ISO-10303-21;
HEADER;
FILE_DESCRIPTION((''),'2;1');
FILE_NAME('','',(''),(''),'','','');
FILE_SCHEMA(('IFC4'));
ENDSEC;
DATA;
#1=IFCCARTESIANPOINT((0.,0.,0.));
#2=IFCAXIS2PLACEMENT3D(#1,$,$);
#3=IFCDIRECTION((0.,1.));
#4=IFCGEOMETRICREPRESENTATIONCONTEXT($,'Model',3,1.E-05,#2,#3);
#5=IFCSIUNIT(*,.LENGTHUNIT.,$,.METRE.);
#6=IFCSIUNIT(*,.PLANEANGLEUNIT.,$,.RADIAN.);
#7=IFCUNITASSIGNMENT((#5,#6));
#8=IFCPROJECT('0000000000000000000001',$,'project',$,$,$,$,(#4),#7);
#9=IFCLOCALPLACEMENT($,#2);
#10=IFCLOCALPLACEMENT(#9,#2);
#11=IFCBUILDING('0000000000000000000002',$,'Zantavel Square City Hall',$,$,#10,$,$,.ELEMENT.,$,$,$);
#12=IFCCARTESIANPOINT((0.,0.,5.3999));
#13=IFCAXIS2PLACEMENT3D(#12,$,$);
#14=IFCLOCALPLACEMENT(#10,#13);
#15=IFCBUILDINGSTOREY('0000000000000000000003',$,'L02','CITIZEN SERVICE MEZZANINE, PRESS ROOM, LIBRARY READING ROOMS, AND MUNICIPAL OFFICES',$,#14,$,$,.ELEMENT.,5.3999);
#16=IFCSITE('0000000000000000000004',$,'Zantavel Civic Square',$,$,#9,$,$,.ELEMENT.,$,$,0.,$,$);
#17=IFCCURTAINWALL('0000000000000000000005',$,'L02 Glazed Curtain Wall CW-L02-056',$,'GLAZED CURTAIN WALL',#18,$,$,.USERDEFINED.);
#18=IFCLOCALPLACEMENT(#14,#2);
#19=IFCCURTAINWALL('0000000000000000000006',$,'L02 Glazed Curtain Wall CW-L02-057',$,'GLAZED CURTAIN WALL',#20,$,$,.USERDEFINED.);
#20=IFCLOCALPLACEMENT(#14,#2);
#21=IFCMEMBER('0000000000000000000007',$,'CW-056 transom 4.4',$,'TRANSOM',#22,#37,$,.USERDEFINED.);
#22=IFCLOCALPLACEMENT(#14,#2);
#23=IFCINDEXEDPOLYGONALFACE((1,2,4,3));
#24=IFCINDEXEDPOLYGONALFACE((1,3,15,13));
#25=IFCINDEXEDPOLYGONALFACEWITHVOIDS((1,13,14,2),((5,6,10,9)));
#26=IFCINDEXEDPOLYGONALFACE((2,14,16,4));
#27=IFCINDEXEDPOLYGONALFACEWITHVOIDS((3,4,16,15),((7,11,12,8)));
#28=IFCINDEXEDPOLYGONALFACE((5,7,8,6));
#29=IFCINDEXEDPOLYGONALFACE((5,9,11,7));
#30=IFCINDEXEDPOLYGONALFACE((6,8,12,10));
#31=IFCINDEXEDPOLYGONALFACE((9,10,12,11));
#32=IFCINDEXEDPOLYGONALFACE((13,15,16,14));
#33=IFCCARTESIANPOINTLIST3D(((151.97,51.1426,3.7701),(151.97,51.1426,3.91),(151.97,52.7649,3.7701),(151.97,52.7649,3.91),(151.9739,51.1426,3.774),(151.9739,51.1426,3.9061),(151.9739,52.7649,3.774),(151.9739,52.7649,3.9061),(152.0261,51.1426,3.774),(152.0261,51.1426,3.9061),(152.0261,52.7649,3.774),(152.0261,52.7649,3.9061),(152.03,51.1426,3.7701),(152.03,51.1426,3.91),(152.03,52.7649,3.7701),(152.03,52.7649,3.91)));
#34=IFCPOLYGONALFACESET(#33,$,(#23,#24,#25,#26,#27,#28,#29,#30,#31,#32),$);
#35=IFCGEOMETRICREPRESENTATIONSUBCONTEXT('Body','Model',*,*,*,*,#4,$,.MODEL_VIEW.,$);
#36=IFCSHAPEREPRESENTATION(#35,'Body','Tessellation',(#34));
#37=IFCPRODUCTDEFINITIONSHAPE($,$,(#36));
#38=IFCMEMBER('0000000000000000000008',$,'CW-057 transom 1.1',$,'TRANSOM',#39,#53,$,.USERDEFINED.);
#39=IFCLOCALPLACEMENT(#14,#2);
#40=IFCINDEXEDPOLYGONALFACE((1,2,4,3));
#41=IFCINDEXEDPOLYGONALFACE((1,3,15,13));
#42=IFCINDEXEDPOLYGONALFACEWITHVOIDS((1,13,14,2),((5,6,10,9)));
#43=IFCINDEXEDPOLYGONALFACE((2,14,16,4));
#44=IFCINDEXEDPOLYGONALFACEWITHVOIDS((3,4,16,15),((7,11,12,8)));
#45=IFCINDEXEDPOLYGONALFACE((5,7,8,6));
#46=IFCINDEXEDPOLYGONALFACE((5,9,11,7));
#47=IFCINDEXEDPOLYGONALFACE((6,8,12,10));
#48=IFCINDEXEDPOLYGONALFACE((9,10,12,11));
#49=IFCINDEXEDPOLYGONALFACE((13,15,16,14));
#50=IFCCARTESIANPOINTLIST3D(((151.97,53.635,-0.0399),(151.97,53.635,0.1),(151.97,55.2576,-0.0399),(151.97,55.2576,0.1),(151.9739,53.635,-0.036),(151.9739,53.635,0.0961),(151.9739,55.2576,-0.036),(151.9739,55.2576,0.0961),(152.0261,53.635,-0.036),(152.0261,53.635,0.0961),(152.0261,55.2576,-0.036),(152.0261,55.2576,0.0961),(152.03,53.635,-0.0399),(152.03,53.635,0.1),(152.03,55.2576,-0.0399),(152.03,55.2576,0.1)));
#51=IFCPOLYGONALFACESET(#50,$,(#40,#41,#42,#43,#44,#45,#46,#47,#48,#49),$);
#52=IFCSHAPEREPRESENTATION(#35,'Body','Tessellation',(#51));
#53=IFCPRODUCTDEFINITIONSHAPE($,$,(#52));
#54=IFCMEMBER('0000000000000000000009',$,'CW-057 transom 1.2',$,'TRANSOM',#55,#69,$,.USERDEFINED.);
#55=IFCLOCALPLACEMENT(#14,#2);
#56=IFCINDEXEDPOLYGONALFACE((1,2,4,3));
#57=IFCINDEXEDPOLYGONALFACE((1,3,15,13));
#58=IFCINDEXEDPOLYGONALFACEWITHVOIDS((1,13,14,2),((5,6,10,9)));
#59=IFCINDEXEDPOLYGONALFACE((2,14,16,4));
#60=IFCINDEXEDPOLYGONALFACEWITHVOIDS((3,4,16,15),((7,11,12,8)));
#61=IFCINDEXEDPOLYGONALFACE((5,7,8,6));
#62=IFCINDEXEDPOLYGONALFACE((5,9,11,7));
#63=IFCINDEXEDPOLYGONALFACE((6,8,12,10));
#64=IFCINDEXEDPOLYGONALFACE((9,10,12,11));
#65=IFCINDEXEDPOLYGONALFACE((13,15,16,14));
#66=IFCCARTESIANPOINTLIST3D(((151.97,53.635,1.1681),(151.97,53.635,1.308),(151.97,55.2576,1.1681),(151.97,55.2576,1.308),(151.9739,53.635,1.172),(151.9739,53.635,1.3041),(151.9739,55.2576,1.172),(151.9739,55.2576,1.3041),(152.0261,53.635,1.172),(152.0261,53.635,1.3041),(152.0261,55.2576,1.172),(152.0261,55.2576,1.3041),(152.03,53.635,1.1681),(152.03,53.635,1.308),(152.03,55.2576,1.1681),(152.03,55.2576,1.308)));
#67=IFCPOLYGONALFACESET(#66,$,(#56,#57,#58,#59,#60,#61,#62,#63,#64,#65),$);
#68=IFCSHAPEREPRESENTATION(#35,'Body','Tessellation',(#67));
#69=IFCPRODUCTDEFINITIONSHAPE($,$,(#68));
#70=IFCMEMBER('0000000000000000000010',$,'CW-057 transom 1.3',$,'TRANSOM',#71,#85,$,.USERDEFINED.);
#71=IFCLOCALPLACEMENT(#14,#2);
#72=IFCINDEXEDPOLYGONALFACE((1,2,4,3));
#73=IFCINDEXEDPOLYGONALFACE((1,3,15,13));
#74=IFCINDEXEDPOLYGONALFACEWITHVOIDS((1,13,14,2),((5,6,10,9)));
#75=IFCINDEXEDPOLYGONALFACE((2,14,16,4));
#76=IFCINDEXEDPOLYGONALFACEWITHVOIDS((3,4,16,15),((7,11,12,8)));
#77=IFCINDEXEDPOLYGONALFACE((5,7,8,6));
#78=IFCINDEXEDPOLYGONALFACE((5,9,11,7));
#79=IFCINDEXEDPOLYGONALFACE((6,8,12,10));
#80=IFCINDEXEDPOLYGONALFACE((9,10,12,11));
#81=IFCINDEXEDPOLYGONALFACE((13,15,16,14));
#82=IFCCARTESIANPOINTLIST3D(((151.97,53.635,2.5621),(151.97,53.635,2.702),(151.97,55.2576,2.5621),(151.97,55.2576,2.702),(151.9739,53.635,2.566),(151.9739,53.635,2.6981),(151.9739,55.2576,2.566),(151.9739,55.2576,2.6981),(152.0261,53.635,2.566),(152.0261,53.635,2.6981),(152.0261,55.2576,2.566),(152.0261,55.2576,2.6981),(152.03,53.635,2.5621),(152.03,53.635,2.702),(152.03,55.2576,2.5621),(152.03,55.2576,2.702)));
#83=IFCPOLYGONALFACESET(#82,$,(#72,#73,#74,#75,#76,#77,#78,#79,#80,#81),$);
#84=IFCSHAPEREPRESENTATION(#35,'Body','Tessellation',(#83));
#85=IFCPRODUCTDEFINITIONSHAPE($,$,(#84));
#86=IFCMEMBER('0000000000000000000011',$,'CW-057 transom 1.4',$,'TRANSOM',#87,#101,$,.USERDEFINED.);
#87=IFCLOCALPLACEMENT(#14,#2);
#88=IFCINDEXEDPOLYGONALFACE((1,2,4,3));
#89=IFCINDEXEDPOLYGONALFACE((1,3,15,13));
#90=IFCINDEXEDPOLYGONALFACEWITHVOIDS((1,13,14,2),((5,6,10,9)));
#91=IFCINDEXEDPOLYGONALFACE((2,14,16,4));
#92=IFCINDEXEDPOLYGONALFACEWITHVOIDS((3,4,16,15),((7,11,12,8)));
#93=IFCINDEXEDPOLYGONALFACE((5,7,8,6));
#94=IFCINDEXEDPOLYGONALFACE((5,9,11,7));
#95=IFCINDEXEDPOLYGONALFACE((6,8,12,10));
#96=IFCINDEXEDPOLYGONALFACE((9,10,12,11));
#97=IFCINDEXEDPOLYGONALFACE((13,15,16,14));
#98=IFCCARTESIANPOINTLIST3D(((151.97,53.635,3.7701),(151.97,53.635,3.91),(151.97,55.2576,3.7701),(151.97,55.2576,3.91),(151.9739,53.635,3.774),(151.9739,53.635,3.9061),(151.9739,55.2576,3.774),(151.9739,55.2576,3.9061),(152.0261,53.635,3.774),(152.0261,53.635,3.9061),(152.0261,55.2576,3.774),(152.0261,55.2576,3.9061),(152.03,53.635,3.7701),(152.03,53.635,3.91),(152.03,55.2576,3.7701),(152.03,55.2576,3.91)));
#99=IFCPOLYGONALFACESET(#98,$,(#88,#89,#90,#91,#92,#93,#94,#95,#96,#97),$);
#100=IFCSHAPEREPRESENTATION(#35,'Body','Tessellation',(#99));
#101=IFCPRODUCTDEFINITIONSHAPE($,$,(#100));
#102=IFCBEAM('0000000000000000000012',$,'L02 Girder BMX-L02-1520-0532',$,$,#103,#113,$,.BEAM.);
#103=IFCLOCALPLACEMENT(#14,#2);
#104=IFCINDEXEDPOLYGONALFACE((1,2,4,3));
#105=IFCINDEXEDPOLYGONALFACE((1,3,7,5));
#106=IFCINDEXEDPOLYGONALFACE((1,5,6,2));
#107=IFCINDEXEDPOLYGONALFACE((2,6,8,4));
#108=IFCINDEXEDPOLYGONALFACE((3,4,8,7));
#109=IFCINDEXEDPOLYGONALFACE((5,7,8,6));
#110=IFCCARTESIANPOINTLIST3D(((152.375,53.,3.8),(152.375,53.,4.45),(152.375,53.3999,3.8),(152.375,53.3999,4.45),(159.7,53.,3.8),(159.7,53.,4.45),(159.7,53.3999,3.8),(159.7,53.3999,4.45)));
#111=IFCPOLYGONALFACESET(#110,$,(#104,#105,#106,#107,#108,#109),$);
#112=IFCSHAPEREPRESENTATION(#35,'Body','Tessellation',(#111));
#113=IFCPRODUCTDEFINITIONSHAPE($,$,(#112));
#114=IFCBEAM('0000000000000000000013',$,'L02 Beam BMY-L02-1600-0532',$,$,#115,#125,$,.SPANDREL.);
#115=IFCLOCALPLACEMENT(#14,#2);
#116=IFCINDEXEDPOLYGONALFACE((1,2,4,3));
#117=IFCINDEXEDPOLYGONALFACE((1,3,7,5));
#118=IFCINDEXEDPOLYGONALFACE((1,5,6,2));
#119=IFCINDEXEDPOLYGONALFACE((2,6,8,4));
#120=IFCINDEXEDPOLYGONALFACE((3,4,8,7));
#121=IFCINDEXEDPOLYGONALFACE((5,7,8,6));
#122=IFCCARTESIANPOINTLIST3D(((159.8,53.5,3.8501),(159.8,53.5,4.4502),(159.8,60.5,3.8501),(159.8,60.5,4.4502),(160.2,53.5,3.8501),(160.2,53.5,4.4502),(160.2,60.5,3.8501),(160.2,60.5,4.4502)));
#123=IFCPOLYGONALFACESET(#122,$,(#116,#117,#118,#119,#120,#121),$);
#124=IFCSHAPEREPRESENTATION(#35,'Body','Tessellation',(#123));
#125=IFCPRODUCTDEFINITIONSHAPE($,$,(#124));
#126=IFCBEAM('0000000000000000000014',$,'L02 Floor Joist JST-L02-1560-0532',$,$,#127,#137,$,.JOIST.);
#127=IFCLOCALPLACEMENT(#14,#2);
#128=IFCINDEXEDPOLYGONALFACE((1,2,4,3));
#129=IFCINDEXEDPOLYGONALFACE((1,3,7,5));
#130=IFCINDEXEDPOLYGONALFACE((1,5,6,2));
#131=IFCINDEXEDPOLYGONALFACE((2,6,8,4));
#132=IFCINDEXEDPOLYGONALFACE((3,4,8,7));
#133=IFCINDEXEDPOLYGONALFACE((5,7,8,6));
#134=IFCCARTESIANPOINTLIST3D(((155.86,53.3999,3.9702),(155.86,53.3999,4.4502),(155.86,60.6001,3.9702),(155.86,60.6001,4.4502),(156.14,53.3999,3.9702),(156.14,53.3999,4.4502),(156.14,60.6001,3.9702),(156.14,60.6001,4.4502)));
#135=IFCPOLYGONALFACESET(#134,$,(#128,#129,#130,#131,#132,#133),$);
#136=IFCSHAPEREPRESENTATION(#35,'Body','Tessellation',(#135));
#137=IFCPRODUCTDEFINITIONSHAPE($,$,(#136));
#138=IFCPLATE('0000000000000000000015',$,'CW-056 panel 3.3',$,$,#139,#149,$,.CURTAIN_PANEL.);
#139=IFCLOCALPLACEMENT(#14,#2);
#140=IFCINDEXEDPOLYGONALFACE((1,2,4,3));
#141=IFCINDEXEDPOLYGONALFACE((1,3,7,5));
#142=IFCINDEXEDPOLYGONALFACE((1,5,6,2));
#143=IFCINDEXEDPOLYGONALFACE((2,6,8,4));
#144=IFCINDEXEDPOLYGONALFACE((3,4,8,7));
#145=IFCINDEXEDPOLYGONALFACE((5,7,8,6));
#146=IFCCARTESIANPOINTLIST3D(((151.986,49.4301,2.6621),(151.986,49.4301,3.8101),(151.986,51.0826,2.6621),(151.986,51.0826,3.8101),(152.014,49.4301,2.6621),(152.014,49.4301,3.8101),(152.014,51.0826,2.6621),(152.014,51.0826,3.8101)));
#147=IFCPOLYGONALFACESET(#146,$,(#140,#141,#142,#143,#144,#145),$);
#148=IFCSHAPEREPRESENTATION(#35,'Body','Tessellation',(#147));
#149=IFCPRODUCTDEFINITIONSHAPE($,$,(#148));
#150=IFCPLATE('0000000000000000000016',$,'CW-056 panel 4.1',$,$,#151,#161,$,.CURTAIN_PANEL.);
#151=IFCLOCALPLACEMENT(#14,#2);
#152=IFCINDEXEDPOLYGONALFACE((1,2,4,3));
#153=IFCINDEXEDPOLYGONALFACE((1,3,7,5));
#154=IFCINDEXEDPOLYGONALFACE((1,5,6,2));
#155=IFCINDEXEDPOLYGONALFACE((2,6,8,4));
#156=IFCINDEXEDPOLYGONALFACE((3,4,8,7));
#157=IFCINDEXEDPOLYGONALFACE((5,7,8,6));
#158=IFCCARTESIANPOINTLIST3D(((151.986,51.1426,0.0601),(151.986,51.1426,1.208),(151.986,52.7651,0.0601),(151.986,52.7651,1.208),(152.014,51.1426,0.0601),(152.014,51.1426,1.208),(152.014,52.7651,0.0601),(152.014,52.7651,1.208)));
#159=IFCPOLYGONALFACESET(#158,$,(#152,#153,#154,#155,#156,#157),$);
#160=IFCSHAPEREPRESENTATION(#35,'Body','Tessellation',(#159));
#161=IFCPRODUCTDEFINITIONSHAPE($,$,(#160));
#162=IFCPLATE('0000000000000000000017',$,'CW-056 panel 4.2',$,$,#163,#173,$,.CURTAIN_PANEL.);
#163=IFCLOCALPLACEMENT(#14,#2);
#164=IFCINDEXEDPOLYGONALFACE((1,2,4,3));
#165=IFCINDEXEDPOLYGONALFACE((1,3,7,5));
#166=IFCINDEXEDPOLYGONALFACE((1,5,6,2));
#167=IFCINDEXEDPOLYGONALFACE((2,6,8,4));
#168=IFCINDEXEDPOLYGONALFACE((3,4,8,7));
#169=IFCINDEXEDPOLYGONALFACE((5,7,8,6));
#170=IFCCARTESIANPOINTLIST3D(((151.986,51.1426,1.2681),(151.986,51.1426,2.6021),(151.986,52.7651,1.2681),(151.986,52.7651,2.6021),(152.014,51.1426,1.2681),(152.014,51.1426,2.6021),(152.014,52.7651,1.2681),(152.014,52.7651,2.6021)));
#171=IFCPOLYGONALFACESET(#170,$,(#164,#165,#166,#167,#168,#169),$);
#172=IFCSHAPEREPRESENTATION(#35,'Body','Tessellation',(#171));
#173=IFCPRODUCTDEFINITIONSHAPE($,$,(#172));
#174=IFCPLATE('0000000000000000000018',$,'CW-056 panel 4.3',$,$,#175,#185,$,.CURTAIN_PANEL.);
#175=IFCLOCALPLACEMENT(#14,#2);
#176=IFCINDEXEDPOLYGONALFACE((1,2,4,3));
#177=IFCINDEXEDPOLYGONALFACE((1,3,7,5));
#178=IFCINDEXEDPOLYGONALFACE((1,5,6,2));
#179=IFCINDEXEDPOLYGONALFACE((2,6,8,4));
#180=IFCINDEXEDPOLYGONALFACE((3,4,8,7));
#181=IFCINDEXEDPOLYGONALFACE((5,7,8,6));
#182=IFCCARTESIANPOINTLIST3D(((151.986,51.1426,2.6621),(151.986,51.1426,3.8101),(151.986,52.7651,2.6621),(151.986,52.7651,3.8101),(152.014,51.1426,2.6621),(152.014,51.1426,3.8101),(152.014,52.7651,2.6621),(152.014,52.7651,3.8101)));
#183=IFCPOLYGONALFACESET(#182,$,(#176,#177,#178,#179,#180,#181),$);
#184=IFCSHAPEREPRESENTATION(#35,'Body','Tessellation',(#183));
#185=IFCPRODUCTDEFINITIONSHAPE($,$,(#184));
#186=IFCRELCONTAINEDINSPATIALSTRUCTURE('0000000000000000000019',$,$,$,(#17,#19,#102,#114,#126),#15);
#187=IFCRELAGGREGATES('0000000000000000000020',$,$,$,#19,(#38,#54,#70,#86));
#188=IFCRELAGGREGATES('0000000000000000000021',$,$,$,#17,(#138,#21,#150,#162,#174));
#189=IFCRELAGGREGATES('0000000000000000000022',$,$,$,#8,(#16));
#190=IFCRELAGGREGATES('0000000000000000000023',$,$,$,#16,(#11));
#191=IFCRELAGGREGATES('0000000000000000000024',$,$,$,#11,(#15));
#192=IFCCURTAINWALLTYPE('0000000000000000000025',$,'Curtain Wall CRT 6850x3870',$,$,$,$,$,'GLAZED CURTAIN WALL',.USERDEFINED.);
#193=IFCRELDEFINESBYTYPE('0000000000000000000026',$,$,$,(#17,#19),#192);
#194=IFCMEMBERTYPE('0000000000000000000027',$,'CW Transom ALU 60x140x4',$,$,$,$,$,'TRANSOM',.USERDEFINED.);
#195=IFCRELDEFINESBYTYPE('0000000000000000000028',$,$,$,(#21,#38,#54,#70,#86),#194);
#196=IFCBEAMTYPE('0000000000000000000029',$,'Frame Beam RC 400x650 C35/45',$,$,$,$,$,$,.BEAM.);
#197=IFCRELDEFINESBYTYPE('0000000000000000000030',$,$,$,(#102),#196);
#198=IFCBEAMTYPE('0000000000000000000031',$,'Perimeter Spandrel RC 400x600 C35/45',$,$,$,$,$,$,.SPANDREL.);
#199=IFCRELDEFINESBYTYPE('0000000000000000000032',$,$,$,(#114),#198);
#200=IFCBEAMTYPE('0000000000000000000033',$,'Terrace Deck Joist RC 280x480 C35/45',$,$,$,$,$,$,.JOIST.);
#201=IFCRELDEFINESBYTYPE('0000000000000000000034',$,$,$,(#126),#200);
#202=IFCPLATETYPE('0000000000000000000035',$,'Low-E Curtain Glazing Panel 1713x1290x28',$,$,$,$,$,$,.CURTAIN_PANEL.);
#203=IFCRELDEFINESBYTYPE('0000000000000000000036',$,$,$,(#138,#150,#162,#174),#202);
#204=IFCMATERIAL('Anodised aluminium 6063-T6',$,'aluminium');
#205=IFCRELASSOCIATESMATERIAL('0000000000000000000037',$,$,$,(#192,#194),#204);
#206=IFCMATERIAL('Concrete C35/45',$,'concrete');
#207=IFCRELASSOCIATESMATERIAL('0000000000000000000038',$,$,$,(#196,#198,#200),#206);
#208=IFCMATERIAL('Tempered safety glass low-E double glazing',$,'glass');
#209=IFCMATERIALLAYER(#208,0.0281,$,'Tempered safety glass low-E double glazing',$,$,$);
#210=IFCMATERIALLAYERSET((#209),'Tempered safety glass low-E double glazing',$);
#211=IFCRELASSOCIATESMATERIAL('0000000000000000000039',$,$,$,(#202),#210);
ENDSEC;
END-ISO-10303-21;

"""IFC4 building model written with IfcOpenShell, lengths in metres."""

from ifc_helpers import new_model, si_unit, direction, frame, origin, origin_2d, place, context, subcontext, project, spatial, rectangle, hollow_rectangle, extrude, material, layer, layer_set, material_profile, profile_set, type_object, element, aggregate, save


model = new_model("IFC4")

# Units and contexts
model_context = context("Model", 3, precision=1e-05, world=origin(), true_north=direction((0.0, 1.0)))
body_context = subcontext(model_context, "Body", "Model", "MODEL_VIEW")
ifc_project = project(units=[si_unit("LENGTHUNIT", "METRE"), si_unit("PLANEANGLEUNIT", "RADIAN")], contexts=[model_context])

# Site, building, storey
site_placement = place(None, origin())
site = spatial("IfcSite", under=ifc_project, at=site_placement, Name="Zantavel Civic Square", CompositionType="ELEMENT", RefElevation=0.0)
building_placement = place(site_placement, origin())
building = spatial("IfcBuilding", under=site, at=building_placement, Name="Zantavel Square City Hall", CompositionType="ELEMENT")
storey_placement = place(building_placement, frame((0.0, 0.0, 5.3999)))
storey = spatial("IfcBuildingStorey", under=building, at=storey_placement, Name="L02", Description="CITIZEN SERVICE MEZZANINE, PRESS ROOM, LIBRARY READING ROOMS, AND MUNICIPAL OFFICES", CompositionType="ELEMENT", Elevation=5.3999)

# Shared definitions
ifc_material_1 = material(Name="Concrete C35/45", Category="concrete")

# Curtain wall
ifc_material_2 = material(Name="Anodised aluminium 6063-T6", Category="aluminium")
curtain_wall_type = type_object("IfcCurtainWallType", Name="Curtain Wall CRT 6850x3870", ElementType="GLAZED CURTAIN WALL", PredefinedType="USERDEFINED", material=ifc_material_2)
curtain_wall_1_placement = place(storey_placement, origin())
curtain_wall_1 = element("IfcCurtainWall", 1, at=curtain_wall_1_placement, inside=storey, type_object=curtain_wall_type, Name="L02 Glazed Curtain Wall CW-L02-056", ObjectType="GLAZED CURTAIN WALL", PredefinedType="USERDEFINED")

# Curtain wall
curtain_wall_2_placement = place(storey_placement, origin())
curtain_wall_2 = element("IfcCurtainWall", 2, at=curtain_wall_2_placement, inside=storey, type_object=curtain_wall_type, Name="L02 Glazed Curtain Wall CW-L02-057", ObjectType="GLAZED CURTAIN WALL", PredefinedType="USERDEFINED")

# Members
ifc_material_profile_1 = material_profile(ifc_material_2, hollow_rectangle(XDim=0.0601, YDim=0.1399, WallThickness=0.0039, at=origin_2d()), Name="ALU 60x140x4")
ifc_profile_set_1 = profile_set([ifc_material_profile_1], Name="Anodised aluminium 6063-T6")
member_type_1 = type_object("IfcMemberType", Name="CW Transom ALU 60x140x4", ElementType="TRANSOM", PredefinedType="USERDEFINED", material=ifc_profile_set_1)
member_1_placement = place(storey_placement, frame((152.0, 51.1426, 3.8401), z_axis=(0.0, 1.0, 0.0), x_axis=(-1.0, 0.0, 0.0)))
member_1 = element("IfcMember", 3, at=member_1_placement, type_object=member_type_1, Name="CW-056 transom 4.4", ObjectType="TRANSOM", PredefinedType="USERDEFINED", context=body_context, shape_type="SweptSolid", body=[
    extrude(hollow_rectangle(XDim=0.0601, YDim=0.1399, WallThickness=0.0039, at=origin_2d()), origin(), (0.0, 0.0, 1.0), 1.6223),
])
member_2_placement = place(storey_placement, frame((152.0, 53.635, 0.03), z_axis=(0.0, 1.0, 0.0), x_axis=(-1.0, 0.0, 0.0)))
member_2 = element("IfcMember", 4, at=member_2_placement, type_object=member_type_1, Name="CW-057 transom 1.1", ObjectType="TRANSOM", PredefinedType="USERDEFINED", context=body_context, shape_type="SweptSolid", body=[
    extrude(hollow_rectangle(XDim=0.0601, YDim=0.1399, WallThickness=0.0039, at=origin_2d()), origin(), (0.0, 0.0, 1.0), 1.6226),
])
member_3_placement = place(storey_placement, frame((152.0, 53.635, 1.238), z_axis=(0.0, 1.0, 0.0), x_axis=(-1.0, 0.0, 0.0)))
member_3 = element("IfcMember", 5, at=member_3_placement, type_object=member_type_1, Name="CW-057 transom 1.2", ObjectType="TRANSOM", PredefinedType="USERDEFINED", context=body_context, shape_type="SweptSolid", body=[
    extrude(hollow_rectangle(XDim=0.0601, YDim=0.1399, WallThickness=0.0039, at=origin_2d()), origin(), (0.0, 0.0, 1.0), 1.6226),
])
member_4_placement = place(storey_placement, frame((152.0, 53.635, 2.6321), z_axis=(0.0, 1.0, 0.0), x_axis=(-1.0, 0.0, 0.0)))
member_4 = element("IfcMember", 6, at=member_4_placement, type_object=member_type_1, Name="CW-057 transom 1.3", ObjectType="TRANSOM", PredefinedType="USERDEFINED", context=body_context, shape_type="SweptSolid", body=[
    extrude(hollow_rectangle(XDim=0.0601, YDim=0.1399, WallThickness=0.0039, at=origin_2d()), origin(), (0.0, 0.0, 1.0), 1.6226),
])
member_5_placement = place(storey_placement, frame((152.0, 53.635, 3.8401), z_axis=(0.0, 1.0, 0.0), x_axis=(-1.0, 0.0, 0.0)))
member_5 = element("IfcMember", 7, at=member_5_placement, type_object=member_type_1, Name="CW-057 transom 1.4", ObjectType="TRANSOM", PredefinedType="USERDEFINED", context=body_context, shape_type="SweptSolid", body=[
    extrude(hollow_rectangle(XDim=0.0601, YDim=0.1399, WallThickness=0.0039, at=origin_2d()), origin(), (0.0, 0.0, 1.0), 1.6226),
])
aggregate(curtain_wall_2, [member_2, member_3, member_4, member_5])

# Beams
ifc_material_profile_2 = material_profile(ifc_material_1, rectangle(XDim=0.3999, YDim=0.6499, at=origin_2d()), Name="RC 400x650")
ifc_profile_set_2 = profile_set([ifc_material_profile_2], Name="Concrete C35/45")
beam_type_1 = type_object("IfcBeamType", Name="Frame Beam RC 400x650 C35/45", PredefinedType="BEAM", material=ifc_profile_set_2)
beam_1_placement = place(storey_placement, frame((152.375, 53.2, 4.125), z_axis=(1.0, 0.0, 0.0), x_axis=(0.0, 1.0, 0.0)))
element("IfcBeam", 8, at=beam_1_placement, inside=storey, type_object=beam_type_1, Name="L02 Girder BMX-L02-1520-0532", PredefinedType="BEAM", context=body_context, shape_type="SweptSolid", body=[
    extrude(rectangle(XDim=0.3999, YDim=0.6499, at=origin_2d()), origin(), (0.0, 0.0, 1.0), 7.325),
])
ifc_material_profile_3 = material_profile(ifc_material_1, rectangle(XDim=0.3999, YDim=0.6001, at=origin_2d()), Name="RC 400x600")
ifc_profile_set_3 = profile_set([ifc_material_profile_3], Name="Concrete C35/45")
beam_type_2 = type_object("IfcBeamType", Name="Perimeter Spandrel RC 400x600 C35/45", PredefinedType="SPANDREL", material=ifc_profile_set_3)
beam_2_placement = place(storey_placement, frame((160.0, 53.5, 4.1501), z_axis=(0.0, 1.0, 0.0), x_axis=(-1.0, 0.0, 0.0)))
element("IfcBeam", 9, at=beam_2_placement, inside=storey, type_object=beam_type_2, Name="L02 Beam BMY-L02-1600-0532", PredefinedType="SPANDREL", context=body_context, shape_type="SweptSolid", body=[
    extrude(rectangle(XDim=0.3999, YDim=0.6001, at=origin_2d()), origin(), (0.0, 0.0, 1.0), 7.0),
])
ifc_material_profile_4 = material_profile(ifc_material_1, rectangle(XDim=0.28, YDim=0.48, at=origin_2d()), Name="RC 280x480")
ifc_profile_set_4 = profile_set([ifc_material_profile_4], Name="Concrete C35/45")
beam_type_3 = type_object("IfcBeamType", Name="Terrace Deck Joist RC 280x480 C35/45", PredefinedType="JOIST", material=ifc_profile_set_4)
beam_3_placement = place(storey_placement, frame((156.0, 53.3999, 4.2102), z_axis=(0.0, 1.0, 0.0), x_axis=(-1.0, 0.0, 0.0)))
element("IfcBeam", 10, at=beam_3_placement, inside=storey, type_object=beam_type_3, Name="L02 Floor Joist JST-L02-1560-0532", PredefinedType="JOIST", context=body_context, shape_type="SweptSolid", body=[
    extrude(rectangle(XDim=0.28, YDim=0.48, at=origin_2d()), origin(), (0.0, 0.0, 1.0), 7.2002),
])

# Plates
ifc_material_3 = material(Name="Tempered safety glass low-E double glazing", Category="glass")
ifc_layer_1 = layer(ifc_material_3, 0.0281, Name="Tempered safety glass low-E double glazing")
ifc_layer_set_1 = layer_set([ifc_layer_1], Name="Tempered safety glass low-E double glazing")
plate_type = type_object("IfcPlateType", Name="Low-E Curtain Glazing Panel 1713x1290x28", PredefinedType="CURTAIN_PANEL", material=ifc_layer_set_1)
plate_1_placement = place(storey_placement, frame((152.0, 50.2563, 2.6621), z_axis=(0.0, 0.0, 1.0), x_axis=(0.0, 1.0, 0.0)))
plate_1 = element("IfcPlate", 11, at=plate_1_placement, type_object=plate_type, Name="CW-056 panel 3.3", PredefinedType="CURTAIN_PANEL", context=body_context, shape_type="SweptSolid", body=[
    extrude(rectangle(XDim=1.6526, YDim=0.0281, at=origin_2d()), origin(), (0.0, 0.0, 1.0), 1.1479),
])
plate_2_placement = place(storey_placement, frame((152.0, 51.9539, 0.0601), z_axis=(0.0, 0.0, 1.0), x_axis=(0.0, 1.0, 0.0)))
plate_2 = element("IfcPlate", 12, at=plate_2_placement, type_object=plate_type, Name="CW-056 panel 4.1", PredefinedType="CURTAIN_PANEL", context=body_context, shape_type="SweptSolid", body=[
    extrude(rectangle(XDim=1.6226, YDim=0.0281, at=origin_2d()), origin(), (0.0, 0.0, 1.0), 1.1479),
])
plate_3_placement = place(storey_placement, frame((152.0, 51.9539, 1.2681), z_axis=(0.0, 0.0, 1.0), x_axis=(0.0, 1.0, 0.0)))
plate_3 = element("IfcPlate", 13, at=plate_3_placement, type_object=plate_type, Name="CW-056 panel 4.2", PredefinedType="CURTAIN_PANEL", context=body_context, shape_type="SweptSolid", body=[
    extrude(rectangle(XDim=1.6226, YDim=0.0281, at=origin_2d()), origin(), (0.0, 0.0, 1.0), 1.334),
])
plate_4_placement = place(storey_placement, frame((152.0, 51.9539, 2.6621), z_axis=(0.0, 0.0, 1.0), x_axis=(0.0, 1.0, 0.0)))
plate_4 = element("IfcPlate", 14, at=plate_4_placement, type_object=plate_type, Name="CW-056 panel 4.3", PredefinedType="CURTAIN_PANEL", context=body_context, shape_type="SweptSolid", body=[
    extrude(rectangle(XDim=1.6226, YDim=0.0281, at=origin_2d()), origin(), (0.0, 0.0, 1.0), 1.1479),
])
aggregate(curtain_wall_1, [plate_1, member_1, plate_2, plate_3, plate_4])

save(model, "model.ifc")
